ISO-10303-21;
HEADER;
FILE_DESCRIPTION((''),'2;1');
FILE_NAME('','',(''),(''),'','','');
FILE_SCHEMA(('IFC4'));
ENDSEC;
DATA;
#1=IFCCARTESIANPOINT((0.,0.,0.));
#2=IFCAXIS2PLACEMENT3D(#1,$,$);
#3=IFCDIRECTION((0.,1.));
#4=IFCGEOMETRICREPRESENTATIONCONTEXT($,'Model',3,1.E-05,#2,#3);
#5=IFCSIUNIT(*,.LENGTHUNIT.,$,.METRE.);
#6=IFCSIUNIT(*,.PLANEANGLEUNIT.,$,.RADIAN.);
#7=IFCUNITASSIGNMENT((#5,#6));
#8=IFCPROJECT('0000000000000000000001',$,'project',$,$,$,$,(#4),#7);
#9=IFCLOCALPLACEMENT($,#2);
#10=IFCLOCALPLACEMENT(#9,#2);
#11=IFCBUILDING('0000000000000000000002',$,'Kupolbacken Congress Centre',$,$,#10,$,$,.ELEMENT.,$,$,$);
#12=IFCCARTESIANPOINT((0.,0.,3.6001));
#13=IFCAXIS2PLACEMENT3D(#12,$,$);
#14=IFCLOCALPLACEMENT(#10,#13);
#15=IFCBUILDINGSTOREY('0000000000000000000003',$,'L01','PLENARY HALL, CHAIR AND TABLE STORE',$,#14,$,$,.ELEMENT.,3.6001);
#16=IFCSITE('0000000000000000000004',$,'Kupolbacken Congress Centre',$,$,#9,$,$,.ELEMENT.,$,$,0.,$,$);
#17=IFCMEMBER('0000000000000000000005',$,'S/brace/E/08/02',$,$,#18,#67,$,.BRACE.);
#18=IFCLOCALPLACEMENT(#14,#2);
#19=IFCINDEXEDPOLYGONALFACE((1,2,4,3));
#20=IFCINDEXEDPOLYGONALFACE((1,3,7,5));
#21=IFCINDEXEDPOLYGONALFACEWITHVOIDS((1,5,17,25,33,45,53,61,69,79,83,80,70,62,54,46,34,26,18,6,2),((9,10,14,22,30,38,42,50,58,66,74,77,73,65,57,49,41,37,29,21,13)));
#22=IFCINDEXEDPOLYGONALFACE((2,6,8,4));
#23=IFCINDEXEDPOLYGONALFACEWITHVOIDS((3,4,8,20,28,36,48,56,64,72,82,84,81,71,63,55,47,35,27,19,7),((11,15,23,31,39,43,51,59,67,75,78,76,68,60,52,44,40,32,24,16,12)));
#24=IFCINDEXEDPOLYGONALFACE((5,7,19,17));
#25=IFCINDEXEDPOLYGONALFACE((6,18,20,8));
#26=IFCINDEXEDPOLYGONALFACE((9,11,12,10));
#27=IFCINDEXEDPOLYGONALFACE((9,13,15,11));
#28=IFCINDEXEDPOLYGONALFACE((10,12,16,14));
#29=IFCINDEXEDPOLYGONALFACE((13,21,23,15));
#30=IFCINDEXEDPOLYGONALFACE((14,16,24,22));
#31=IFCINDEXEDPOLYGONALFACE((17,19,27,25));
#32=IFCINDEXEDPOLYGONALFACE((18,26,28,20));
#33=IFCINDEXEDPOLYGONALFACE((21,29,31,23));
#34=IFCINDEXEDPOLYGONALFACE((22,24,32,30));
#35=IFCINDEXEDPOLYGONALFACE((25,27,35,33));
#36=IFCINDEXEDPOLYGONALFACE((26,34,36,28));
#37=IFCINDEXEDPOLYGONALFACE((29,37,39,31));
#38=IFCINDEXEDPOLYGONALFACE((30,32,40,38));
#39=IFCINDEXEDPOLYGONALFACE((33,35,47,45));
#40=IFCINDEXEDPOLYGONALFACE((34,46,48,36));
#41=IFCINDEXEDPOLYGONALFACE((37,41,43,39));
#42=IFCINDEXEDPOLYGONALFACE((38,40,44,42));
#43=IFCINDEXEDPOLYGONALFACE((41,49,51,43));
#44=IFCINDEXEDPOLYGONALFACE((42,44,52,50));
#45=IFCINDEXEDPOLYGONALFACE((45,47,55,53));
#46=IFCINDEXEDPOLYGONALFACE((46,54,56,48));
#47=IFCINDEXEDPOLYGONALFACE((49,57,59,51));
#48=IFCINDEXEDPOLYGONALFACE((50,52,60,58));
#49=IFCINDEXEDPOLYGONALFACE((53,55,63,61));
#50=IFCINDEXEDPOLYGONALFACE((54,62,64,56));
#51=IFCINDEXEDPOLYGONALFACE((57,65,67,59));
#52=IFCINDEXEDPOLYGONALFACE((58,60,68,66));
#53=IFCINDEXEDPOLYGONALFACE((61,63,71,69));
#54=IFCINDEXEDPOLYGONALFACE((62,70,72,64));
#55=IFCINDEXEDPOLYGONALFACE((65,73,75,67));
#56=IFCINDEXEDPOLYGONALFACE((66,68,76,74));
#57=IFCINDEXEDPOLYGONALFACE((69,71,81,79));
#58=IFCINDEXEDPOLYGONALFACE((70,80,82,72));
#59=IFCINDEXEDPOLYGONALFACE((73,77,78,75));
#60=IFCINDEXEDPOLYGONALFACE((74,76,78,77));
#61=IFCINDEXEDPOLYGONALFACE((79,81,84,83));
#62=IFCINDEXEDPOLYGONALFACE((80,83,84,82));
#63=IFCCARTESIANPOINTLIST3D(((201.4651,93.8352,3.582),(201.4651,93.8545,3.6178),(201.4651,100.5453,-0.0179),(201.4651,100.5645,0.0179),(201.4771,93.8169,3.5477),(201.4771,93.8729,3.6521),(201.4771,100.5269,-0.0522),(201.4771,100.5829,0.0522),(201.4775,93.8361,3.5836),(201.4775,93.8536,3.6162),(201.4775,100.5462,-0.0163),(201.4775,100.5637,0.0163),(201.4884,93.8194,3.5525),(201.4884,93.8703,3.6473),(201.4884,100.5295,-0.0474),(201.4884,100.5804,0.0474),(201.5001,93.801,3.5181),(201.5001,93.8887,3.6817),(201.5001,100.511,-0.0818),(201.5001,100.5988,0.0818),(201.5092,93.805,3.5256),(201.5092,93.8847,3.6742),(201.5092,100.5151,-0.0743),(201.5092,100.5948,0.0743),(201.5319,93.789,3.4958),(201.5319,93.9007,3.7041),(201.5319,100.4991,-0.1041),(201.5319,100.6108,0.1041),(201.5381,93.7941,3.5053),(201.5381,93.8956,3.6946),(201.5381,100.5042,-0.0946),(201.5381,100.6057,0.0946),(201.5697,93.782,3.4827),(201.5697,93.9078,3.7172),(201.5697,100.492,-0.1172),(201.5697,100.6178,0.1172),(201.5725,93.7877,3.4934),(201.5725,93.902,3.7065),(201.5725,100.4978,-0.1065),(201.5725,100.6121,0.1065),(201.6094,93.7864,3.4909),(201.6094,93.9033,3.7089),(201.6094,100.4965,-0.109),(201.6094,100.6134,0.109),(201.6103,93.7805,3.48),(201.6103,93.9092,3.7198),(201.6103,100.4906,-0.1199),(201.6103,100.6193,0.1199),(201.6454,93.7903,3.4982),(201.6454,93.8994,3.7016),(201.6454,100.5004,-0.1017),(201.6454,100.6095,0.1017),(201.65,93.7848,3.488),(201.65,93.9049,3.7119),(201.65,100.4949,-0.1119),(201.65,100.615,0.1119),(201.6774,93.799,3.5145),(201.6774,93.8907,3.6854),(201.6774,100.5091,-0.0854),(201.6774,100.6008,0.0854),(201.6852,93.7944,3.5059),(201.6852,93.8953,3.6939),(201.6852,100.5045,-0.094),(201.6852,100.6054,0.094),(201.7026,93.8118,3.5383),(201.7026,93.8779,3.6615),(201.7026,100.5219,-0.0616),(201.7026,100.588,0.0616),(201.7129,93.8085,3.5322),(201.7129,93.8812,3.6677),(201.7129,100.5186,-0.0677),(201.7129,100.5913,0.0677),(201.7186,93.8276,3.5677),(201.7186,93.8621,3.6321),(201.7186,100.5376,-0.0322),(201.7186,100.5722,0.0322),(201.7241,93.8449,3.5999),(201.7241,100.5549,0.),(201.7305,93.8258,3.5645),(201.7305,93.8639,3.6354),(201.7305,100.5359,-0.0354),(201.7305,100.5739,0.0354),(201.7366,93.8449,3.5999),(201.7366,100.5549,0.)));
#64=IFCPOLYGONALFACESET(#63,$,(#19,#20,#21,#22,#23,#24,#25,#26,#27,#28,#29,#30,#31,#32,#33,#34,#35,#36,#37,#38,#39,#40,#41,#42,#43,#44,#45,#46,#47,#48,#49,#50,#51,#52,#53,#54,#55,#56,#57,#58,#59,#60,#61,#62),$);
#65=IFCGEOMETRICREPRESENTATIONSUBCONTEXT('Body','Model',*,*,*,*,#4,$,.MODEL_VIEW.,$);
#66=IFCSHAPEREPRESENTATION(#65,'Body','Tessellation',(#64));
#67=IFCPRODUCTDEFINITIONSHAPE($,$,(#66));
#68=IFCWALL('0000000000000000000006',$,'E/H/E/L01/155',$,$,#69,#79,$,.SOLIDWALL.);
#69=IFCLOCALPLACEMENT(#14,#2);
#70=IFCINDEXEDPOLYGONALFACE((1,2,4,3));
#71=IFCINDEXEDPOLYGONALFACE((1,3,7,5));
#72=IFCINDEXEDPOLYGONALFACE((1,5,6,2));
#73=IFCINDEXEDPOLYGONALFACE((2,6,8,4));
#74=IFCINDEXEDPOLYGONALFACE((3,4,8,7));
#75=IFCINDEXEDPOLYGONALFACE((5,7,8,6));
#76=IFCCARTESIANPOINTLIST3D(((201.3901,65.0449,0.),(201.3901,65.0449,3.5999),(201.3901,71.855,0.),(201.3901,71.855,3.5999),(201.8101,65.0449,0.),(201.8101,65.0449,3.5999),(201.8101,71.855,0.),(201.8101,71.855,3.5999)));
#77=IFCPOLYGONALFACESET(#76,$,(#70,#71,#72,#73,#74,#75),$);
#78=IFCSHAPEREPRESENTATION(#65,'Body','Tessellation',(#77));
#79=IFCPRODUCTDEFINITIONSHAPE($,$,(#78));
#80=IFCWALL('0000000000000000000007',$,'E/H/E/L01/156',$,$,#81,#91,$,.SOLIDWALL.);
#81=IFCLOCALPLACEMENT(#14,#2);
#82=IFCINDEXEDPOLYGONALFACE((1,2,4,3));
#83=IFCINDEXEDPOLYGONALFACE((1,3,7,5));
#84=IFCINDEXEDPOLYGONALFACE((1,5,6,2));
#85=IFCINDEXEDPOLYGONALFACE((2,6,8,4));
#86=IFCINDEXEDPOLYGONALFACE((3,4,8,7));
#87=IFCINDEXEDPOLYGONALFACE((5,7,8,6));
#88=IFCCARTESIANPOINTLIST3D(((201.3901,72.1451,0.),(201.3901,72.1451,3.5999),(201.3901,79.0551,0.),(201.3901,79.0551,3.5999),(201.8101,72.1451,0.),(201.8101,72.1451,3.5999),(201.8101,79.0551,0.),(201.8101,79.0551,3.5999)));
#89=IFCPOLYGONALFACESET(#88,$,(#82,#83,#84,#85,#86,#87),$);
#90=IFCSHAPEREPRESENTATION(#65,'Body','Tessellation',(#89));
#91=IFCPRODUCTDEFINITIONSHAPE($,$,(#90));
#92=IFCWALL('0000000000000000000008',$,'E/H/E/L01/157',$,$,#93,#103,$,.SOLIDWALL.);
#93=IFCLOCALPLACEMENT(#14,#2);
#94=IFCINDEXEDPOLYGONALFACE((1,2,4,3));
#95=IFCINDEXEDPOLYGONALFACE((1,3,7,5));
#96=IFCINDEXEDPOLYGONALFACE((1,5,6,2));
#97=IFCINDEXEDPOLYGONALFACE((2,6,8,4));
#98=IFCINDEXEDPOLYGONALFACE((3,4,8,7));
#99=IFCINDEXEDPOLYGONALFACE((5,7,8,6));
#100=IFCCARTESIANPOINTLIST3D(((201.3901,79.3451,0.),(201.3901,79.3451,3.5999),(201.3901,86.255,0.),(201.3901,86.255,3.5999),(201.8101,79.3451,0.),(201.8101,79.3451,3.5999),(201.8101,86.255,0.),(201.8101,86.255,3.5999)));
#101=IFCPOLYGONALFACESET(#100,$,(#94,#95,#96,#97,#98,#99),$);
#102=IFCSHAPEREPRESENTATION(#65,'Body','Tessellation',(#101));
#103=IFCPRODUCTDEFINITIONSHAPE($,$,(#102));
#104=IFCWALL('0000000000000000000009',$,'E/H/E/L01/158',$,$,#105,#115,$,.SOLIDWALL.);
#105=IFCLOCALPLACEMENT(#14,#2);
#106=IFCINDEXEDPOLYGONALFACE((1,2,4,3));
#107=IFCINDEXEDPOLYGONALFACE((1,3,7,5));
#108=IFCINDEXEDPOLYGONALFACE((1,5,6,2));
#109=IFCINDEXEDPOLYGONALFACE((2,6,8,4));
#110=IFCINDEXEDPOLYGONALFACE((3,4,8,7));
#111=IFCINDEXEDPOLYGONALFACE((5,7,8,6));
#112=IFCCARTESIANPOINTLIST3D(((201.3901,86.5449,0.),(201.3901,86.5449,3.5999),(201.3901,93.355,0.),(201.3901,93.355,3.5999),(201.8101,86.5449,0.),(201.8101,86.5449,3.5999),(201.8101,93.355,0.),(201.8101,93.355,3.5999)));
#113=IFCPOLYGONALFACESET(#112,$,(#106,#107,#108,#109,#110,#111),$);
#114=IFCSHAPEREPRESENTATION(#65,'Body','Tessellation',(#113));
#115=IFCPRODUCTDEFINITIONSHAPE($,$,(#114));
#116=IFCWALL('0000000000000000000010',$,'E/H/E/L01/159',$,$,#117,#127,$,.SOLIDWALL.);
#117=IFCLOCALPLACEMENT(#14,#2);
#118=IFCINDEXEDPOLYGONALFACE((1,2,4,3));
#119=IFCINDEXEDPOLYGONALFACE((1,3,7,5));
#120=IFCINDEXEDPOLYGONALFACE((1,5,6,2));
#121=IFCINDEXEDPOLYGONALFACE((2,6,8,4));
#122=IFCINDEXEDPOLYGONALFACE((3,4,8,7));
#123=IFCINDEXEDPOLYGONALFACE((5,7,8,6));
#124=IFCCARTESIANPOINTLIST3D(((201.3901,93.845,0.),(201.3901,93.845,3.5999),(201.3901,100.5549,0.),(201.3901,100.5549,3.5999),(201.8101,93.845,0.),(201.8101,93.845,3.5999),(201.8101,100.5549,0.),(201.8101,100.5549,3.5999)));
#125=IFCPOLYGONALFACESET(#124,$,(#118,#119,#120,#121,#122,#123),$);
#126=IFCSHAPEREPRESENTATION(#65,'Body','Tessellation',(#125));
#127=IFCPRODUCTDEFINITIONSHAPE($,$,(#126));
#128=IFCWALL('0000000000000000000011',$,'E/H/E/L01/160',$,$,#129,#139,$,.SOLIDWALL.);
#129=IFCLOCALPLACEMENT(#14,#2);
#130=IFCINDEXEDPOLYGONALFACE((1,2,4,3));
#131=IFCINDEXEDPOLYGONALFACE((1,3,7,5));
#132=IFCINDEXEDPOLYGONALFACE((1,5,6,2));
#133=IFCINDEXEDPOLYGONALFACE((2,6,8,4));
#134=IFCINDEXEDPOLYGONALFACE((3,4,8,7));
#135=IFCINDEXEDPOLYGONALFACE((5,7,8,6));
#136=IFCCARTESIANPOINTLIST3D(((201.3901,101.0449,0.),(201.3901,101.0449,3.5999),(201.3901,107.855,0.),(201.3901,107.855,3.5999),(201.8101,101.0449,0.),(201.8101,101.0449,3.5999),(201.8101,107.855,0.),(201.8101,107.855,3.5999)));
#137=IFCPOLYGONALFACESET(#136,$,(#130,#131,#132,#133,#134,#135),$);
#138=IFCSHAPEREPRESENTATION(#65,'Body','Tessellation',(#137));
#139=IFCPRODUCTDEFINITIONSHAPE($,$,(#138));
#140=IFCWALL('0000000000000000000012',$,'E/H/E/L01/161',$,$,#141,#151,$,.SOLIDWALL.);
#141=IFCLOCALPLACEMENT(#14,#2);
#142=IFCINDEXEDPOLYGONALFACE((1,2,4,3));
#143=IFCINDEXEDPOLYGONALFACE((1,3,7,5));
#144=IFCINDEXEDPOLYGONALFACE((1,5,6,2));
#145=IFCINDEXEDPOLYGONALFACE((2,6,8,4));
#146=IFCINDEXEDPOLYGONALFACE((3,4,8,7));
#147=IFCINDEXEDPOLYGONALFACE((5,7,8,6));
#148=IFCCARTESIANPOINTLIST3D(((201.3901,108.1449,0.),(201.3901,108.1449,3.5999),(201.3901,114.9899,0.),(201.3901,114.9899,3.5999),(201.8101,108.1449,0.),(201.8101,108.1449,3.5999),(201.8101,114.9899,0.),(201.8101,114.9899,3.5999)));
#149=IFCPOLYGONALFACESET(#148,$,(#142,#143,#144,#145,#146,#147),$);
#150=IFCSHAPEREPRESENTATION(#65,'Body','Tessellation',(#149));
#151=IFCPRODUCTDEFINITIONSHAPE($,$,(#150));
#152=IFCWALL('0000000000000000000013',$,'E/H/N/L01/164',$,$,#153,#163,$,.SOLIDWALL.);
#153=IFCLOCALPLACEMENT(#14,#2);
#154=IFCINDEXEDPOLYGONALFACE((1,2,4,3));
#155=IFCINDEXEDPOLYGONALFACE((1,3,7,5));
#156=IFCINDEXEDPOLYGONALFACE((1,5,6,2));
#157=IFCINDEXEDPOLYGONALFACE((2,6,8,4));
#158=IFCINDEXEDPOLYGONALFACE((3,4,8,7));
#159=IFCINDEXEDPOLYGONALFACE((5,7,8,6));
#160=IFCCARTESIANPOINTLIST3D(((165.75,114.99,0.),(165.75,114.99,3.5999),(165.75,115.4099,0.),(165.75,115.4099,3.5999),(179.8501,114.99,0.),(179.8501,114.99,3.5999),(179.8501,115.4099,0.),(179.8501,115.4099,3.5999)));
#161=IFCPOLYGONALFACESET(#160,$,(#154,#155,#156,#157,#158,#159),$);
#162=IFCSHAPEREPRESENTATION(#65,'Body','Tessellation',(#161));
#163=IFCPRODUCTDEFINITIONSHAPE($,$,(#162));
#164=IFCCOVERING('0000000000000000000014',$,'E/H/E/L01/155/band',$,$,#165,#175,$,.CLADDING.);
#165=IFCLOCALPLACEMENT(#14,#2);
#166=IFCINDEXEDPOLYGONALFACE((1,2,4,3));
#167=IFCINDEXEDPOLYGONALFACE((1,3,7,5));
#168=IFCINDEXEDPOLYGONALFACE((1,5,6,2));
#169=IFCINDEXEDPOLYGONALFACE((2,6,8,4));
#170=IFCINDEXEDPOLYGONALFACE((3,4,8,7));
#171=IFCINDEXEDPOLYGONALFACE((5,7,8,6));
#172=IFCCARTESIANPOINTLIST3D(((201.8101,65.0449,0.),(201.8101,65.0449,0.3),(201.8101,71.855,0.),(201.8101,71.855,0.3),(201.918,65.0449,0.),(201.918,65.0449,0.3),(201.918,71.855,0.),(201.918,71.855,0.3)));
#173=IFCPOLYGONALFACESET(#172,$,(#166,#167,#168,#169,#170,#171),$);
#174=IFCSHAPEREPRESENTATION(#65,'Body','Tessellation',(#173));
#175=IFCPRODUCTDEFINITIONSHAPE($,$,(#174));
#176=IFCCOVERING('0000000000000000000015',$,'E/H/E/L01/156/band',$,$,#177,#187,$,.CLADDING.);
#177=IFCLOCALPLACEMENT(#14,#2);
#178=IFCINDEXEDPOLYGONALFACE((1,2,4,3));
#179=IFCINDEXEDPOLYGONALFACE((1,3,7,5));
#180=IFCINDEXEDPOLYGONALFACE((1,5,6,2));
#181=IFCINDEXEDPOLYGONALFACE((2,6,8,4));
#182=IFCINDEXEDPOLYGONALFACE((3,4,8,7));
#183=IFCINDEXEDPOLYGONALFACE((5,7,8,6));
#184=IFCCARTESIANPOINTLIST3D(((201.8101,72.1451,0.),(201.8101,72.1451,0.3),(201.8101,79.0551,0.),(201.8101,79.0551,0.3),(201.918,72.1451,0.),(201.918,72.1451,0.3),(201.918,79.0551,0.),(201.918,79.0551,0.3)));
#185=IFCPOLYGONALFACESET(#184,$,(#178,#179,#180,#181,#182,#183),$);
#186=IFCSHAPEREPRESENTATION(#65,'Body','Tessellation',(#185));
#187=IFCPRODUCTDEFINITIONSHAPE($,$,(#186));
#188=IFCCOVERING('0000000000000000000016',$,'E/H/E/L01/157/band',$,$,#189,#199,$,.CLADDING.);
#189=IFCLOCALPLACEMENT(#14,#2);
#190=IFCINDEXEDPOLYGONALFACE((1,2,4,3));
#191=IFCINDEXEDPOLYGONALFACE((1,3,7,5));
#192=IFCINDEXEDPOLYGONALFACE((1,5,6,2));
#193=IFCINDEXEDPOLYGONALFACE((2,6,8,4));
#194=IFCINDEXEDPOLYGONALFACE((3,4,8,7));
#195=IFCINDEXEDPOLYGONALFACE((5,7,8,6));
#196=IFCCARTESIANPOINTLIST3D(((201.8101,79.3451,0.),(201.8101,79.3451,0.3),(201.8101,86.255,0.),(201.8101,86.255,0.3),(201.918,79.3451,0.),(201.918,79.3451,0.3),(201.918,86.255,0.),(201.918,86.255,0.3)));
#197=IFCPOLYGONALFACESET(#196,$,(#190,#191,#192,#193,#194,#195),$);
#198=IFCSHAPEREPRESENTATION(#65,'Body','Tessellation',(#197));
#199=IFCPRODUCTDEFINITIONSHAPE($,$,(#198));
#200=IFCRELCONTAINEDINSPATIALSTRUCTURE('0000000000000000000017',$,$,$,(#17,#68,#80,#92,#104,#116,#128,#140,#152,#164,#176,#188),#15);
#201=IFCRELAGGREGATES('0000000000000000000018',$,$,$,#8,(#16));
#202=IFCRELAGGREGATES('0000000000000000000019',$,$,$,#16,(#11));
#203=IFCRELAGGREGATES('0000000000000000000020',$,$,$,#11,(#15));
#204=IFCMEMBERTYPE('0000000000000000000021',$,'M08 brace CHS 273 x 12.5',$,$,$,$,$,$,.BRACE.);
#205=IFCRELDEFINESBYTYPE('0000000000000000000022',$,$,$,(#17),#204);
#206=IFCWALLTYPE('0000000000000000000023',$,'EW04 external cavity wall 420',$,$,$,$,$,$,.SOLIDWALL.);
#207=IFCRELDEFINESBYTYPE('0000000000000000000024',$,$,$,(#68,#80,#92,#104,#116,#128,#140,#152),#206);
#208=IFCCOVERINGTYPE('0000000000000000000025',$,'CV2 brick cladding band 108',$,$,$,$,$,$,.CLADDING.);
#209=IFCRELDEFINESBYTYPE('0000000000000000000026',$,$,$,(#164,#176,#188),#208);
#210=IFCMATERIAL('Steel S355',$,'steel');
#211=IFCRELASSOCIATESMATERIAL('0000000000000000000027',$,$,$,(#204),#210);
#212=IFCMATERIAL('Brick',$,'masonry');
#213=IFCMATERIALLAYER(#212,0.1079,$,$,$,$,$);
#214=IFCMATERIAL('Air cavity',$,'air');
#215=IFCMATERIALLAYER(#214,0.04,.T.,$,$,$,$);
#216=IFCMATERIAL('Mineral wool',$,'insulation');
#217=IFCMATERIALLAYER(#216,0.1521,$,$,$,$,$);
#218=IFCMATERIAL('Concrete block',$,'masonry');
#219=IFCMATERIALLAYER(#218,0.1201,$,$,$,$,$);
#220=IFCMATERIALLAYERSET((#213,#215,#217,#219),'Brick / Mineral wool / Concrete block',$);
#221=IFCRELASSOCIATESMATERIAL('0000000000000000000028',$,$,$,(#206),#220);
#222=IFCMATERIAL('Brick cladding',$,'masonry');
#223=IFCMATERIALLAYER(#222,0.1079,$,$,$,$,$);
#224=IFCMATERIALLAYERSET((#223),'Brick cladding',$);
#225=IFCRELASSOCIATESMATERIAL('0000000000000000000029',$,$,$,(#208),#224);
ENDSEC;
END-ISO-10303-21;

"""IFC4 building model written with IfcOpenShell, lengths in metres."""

from ifc_helpers import new_model, si_unit, direction, frame, frame_2d, origin, origin_2d, place, context, subcontext, project, spatial, rectangle, hollow_circle, extrude, material, layer, layer_set, material_profile, profile_set, type_object, element, save


model = new_model("IFC4")

# Units and contexts
model_context = context("Model", 3, precision=1e-05, world=origin(), true_north=direction((0.0, 1.0)))
body_context = subcontext(model_context, "Body", "Model", "MODEL_VIEW")
ifc_project = project(units=[si_unit("LENGTHUNIT", "METRE"), si_unit("PLANEANGLEUNIT", "RADIAN")], contexts=[model_context])

# Site, building, storey
site_placement = place(None, origin())
site = spatial("IfcSite", under=ifc_project, at=site_placement, Name="Kupolbacken Congress Centre", CompositionType="ELEMENT", RefElevation=0.0)
building_placement = place(site_placement, origin())
building = spatial("IfcBuilding", under=site, at=building_placement, Name="Kupolbacken Congress Centre", CompositionType="ELEMENT")
storey_placement = place(building_placement, frame((0.0, 0.0, 3.6001)))
storey = spatial("IfcBuildingStorey", under=building, at=storey_placement, Name="L01", Description="PLENARY HALL, CHAIR AND TABLE STORE", CompositionType="ELEMENT", Elevation=3.6001)

# Member
ifc_material_1 = material(Name="Steel S355", Category="steel")
ifc_material_profile_1 = material_profile(ifc_material_1, hollow_circle(Radius=0.1365, WallThickness=0.0125, at=origin_2d()), Name="CHS 273 x 12.5")
ifc_profile_set_1 = profile_set([ifc_material_profile_1], Name="Steel S355")
member_type = type_object("IfcMemberType", Name="M08 brace CHS 273 x 12.5", PredefinedType="BRACE", material=ifc_profile_set_1)
member_placement = place(storey_placement, frame((201.6001, 100.5549, 0.0), z_axis=(0.0, -0.881194, 0.472755), x_axis=(1.0, 0.0, 0.0)))
element("IfcMember", 1, at=member_placement, inside=storey, type_object=member_type, Name="S/brace/E/08/02", PredefinedType="BRACE", context=body_context, shape_type="SweptSolid", body=[
    extrude(hollow_circle(Radius=0.1365, WallThickness=0.0125, at=origin_2d()), origin(), (0.0, 0.0, 1.0), 7.6147),
])

# Walls
ifc_material_2 = material(Name="Brick", Category="masonry")
ifc_layer_1 = layer(ifc_material_2, 0.1079)
ifc_material_3 = material(Name="Air cavity", Category="air")
ifc_layer_2 = layer(ifc_material_3, 0.04, ventilated=True)
ifc_material_4 = material(Name="Mineral wool", Category="insulation")
ifc_layer_3 = layer(ifc_material_4, 0.1521)
ifc_material_5 = material(Name="Concrete block", Category="masonry")
ifc_layer_4 = layer(ifc_material_5, 0.1201)
ifc_layer_set_1 = layer_set([ifc_layer_1, ifc_layer_2, ifc_layer_3, ifc_layer_4], Name="Brick / Mineral wool / Concrete block")
wall_type = type_object("IfcWallType", Name="EW04 external cavity wall 420", PredefinedType="SOLIDWALL", material=ifc_layer_set_1)
wall_1_placement = place(storey_placement, frame((201.6001, 65.0449, 0.0), z_axis=(0.0, 0.0, 1.0), x_axis=(0.0, 1.0, 0.0)))
element("IfcWall", 2, at=wall_1_placement, inside=storey, type_object=wall_type, Name="E/H/E/L01/155", PredefinedType="SOLIDWALL", context=body_context, shape_type="SweptSolid", body=[
    extrude(rectangle(XDim=6.8101, YDim=0.4199, at=frame_2d((3.405, 0.0))), origin(), (0.0, 0.0, 1.0), 3.5999),
])
for number, where, z_axis, x_axis, name in (
    (3, (201.6001, 72.145, 0.0), (0.0, 0.0, 1.0), (0.0, 1.0, 0.0), "E/H/E/L01/156"),
    (4, (201.6001, 79.345, 0.0), (0.0, 0.0, 1.0), (0.0, 1.0, 0.0), "E/H/E/L01/157"),
):
    element("IfcWall", number, at=place(storey_placement, frame(where, z_axis=z_axis, x_axis=x_axis)), inside=storey, type_object=wall_type, Name=name, PredefinedType="SOLIDWALL", context=body_context, shape_type="SweptSolid", body=[
        extrude(rectangle(XDim=6.9099, YDim=0.4199, at=frame_2d((3.4551, 0.0))), origin(), (0.0, 0.0, 1.0), 3.5999),
    ])
wall_2_placement = place(storey_placement, frame((201.6001, 86.5449, 0.0), z_axis=(0.0, 0.0, 1.0), x_axis=(0.0, 1.0, 0.0)))
element("IfcWall", 5, at=wall_2_placement, inside=storey, type_object=wall_type, Name="E/H/E/L01/158", PredefinedType="SOLIDWALL", context=body_context, shape_type="SweptSolid", body=[
    extrude(rectangle(XDim=6.8101, YDim=0.4199, at=frame_2d((3.405, 0.0))), origin(), (0.0, 0.0, 1.0), 3.5999),
])
wall_3_placement = place(storey_placement, frame((201.6001, 93.845, 0.0), z_axis=(0.0, 0.0, 1.0), x_axis=(0.0, 1.0, 0.0)))
element("IfcWall", 6, at=wall_3_placement, inside=storey, type_object=wall_type, Name="E/H/E/L01/159", PredefinedType="SOLIDWALL", context=body_context, shape_type="SweptSolid", body=[
    extrude(rectangle(XDim=6.71, YDim=0.4199, at=frame_2d((3.355, 0.0))), origin(), (0.0, 0.0, 1.0), 3.5999),
])
wall_4_placement = place(storey_placement, frame((201.6001, 101.0449, 0.0), z_axis=(0.0, 0.0, 1.0), x_axis=(0.0, 1.0, 0.0)))
element("IfcWall", 7, at=wall_4_placement, inside=storey, type_object=wall_type, Name="E/H/E/L01/160", PredefinedType="SOLIDWALL", context=body_context, shape_type="SweptSolid", body=[
    extrude(rectangle(XDim=6.8101, YDim=0.4199, at=frame_2d((3.405, 0.0))), origin(), (0.0, 0.0, 1.0), 3.5999),
])
wall_5_placement = place(storey_placement, frame((201.6001, 108.145, 0.0), z_axis=(0.0, 0.0, 1.0), x_axis=(0.0, 1.0, 0.0)))
element("IfcWall", 8, at=wall_5_placement, inside=storey, type_object=wall_type, Name="E/H/E/L01/161", PredefinedType="SOLIDWALL", context=body_context, shape_type="SweptSolid", body=[
    extrude(rectangle(XDim=6.845, YDim=0.4199, at=frame_2d((3.4224, 0.0))), origin(), (0.0, 0.0, 1.0), 3.5999),
])
wall_6_placement = place(storey_placement, frame((179.8501, 115.2, 0.0), z_axis=(0.0, 0.0, 1.0), x_axis=(-1.0, 0.0, 0.0)))
element("IfcWall", 9, at=wall_6_placement, inside=storey, type_object=wall_type, Name="E/H/N/L01/164", PredefinedType="SOLIDWALL", context=body_context, shape_type="SweptSolid", body=[
    extrude(rectangle(XDim=14.1001, YDim=0.4199, at=frame_2d((7.05, 0.0))), origin(), (0.0, 0.0, 1.0), 3.5999),
])

# Coverings
ifc_material_6 = material(Name="Brick cladding", Category="masonry")
ifc_layer_5 = layer(ifc_material_6, 0.1079)
ifc_layer_set_2 = layer_set([ifc_layer_5], Name="Brick cladding")
covering_type_1 = type_object("IfcCoveringType", Name="CV2 brick cladding band 108", PredefinedType="CLADDING", material=ifc_layer_set_2)
covering_1_placement = place(storey_placement, frame((201.864, 68.45, 0.0), z_axis=(0.0, 0.0, 1.0), x_axis=(0.0, 1.0, 0.0)))
element("IfcCovering", 10, at=covering_1_placement, inside=storey, type_object=covering_type_1, Name="E/H/E/L01/155/band", PredefinedType="CLADDING", context=body_context, shape_type="SweptSolid", body=[
    extrude(rectangle(XDim=6.8101, YDim=0.1079, at=origin_2d()), origin(), (0.0, 0.0, 1.0), 0.3),
])
for number, where, z_axis, x_axis, name in (
    (11, (201.864, 75.6001, 0.0), (0.0, 0.0, 1.0), (0.0, 1.0, 0.0), "E/H/E/L01/156/band"),
    (12, (201.864, 82.8, 0.0), (0.0, 0.0, 1.0), (0.0, 1.0, 0.0), "E/H/E/L01/157/band"),
):
    element("IfcCovering", number, at=place(storey_placement, frame(where, z_axis=z_axis, x_axis=x_axis)), inside=storey, type_object=covering_type_1, Name=name, PredefinedType="CLADDING", context=body_context, shape_type="SweptSolid", body=[
        extrude(rectangle(XDim=6.9099, YDim=0.1079, at=origin_2d()), origin(), (0.0, 0.0, 1.0), 0.3),
    ])

save(model, "model.ifc")
